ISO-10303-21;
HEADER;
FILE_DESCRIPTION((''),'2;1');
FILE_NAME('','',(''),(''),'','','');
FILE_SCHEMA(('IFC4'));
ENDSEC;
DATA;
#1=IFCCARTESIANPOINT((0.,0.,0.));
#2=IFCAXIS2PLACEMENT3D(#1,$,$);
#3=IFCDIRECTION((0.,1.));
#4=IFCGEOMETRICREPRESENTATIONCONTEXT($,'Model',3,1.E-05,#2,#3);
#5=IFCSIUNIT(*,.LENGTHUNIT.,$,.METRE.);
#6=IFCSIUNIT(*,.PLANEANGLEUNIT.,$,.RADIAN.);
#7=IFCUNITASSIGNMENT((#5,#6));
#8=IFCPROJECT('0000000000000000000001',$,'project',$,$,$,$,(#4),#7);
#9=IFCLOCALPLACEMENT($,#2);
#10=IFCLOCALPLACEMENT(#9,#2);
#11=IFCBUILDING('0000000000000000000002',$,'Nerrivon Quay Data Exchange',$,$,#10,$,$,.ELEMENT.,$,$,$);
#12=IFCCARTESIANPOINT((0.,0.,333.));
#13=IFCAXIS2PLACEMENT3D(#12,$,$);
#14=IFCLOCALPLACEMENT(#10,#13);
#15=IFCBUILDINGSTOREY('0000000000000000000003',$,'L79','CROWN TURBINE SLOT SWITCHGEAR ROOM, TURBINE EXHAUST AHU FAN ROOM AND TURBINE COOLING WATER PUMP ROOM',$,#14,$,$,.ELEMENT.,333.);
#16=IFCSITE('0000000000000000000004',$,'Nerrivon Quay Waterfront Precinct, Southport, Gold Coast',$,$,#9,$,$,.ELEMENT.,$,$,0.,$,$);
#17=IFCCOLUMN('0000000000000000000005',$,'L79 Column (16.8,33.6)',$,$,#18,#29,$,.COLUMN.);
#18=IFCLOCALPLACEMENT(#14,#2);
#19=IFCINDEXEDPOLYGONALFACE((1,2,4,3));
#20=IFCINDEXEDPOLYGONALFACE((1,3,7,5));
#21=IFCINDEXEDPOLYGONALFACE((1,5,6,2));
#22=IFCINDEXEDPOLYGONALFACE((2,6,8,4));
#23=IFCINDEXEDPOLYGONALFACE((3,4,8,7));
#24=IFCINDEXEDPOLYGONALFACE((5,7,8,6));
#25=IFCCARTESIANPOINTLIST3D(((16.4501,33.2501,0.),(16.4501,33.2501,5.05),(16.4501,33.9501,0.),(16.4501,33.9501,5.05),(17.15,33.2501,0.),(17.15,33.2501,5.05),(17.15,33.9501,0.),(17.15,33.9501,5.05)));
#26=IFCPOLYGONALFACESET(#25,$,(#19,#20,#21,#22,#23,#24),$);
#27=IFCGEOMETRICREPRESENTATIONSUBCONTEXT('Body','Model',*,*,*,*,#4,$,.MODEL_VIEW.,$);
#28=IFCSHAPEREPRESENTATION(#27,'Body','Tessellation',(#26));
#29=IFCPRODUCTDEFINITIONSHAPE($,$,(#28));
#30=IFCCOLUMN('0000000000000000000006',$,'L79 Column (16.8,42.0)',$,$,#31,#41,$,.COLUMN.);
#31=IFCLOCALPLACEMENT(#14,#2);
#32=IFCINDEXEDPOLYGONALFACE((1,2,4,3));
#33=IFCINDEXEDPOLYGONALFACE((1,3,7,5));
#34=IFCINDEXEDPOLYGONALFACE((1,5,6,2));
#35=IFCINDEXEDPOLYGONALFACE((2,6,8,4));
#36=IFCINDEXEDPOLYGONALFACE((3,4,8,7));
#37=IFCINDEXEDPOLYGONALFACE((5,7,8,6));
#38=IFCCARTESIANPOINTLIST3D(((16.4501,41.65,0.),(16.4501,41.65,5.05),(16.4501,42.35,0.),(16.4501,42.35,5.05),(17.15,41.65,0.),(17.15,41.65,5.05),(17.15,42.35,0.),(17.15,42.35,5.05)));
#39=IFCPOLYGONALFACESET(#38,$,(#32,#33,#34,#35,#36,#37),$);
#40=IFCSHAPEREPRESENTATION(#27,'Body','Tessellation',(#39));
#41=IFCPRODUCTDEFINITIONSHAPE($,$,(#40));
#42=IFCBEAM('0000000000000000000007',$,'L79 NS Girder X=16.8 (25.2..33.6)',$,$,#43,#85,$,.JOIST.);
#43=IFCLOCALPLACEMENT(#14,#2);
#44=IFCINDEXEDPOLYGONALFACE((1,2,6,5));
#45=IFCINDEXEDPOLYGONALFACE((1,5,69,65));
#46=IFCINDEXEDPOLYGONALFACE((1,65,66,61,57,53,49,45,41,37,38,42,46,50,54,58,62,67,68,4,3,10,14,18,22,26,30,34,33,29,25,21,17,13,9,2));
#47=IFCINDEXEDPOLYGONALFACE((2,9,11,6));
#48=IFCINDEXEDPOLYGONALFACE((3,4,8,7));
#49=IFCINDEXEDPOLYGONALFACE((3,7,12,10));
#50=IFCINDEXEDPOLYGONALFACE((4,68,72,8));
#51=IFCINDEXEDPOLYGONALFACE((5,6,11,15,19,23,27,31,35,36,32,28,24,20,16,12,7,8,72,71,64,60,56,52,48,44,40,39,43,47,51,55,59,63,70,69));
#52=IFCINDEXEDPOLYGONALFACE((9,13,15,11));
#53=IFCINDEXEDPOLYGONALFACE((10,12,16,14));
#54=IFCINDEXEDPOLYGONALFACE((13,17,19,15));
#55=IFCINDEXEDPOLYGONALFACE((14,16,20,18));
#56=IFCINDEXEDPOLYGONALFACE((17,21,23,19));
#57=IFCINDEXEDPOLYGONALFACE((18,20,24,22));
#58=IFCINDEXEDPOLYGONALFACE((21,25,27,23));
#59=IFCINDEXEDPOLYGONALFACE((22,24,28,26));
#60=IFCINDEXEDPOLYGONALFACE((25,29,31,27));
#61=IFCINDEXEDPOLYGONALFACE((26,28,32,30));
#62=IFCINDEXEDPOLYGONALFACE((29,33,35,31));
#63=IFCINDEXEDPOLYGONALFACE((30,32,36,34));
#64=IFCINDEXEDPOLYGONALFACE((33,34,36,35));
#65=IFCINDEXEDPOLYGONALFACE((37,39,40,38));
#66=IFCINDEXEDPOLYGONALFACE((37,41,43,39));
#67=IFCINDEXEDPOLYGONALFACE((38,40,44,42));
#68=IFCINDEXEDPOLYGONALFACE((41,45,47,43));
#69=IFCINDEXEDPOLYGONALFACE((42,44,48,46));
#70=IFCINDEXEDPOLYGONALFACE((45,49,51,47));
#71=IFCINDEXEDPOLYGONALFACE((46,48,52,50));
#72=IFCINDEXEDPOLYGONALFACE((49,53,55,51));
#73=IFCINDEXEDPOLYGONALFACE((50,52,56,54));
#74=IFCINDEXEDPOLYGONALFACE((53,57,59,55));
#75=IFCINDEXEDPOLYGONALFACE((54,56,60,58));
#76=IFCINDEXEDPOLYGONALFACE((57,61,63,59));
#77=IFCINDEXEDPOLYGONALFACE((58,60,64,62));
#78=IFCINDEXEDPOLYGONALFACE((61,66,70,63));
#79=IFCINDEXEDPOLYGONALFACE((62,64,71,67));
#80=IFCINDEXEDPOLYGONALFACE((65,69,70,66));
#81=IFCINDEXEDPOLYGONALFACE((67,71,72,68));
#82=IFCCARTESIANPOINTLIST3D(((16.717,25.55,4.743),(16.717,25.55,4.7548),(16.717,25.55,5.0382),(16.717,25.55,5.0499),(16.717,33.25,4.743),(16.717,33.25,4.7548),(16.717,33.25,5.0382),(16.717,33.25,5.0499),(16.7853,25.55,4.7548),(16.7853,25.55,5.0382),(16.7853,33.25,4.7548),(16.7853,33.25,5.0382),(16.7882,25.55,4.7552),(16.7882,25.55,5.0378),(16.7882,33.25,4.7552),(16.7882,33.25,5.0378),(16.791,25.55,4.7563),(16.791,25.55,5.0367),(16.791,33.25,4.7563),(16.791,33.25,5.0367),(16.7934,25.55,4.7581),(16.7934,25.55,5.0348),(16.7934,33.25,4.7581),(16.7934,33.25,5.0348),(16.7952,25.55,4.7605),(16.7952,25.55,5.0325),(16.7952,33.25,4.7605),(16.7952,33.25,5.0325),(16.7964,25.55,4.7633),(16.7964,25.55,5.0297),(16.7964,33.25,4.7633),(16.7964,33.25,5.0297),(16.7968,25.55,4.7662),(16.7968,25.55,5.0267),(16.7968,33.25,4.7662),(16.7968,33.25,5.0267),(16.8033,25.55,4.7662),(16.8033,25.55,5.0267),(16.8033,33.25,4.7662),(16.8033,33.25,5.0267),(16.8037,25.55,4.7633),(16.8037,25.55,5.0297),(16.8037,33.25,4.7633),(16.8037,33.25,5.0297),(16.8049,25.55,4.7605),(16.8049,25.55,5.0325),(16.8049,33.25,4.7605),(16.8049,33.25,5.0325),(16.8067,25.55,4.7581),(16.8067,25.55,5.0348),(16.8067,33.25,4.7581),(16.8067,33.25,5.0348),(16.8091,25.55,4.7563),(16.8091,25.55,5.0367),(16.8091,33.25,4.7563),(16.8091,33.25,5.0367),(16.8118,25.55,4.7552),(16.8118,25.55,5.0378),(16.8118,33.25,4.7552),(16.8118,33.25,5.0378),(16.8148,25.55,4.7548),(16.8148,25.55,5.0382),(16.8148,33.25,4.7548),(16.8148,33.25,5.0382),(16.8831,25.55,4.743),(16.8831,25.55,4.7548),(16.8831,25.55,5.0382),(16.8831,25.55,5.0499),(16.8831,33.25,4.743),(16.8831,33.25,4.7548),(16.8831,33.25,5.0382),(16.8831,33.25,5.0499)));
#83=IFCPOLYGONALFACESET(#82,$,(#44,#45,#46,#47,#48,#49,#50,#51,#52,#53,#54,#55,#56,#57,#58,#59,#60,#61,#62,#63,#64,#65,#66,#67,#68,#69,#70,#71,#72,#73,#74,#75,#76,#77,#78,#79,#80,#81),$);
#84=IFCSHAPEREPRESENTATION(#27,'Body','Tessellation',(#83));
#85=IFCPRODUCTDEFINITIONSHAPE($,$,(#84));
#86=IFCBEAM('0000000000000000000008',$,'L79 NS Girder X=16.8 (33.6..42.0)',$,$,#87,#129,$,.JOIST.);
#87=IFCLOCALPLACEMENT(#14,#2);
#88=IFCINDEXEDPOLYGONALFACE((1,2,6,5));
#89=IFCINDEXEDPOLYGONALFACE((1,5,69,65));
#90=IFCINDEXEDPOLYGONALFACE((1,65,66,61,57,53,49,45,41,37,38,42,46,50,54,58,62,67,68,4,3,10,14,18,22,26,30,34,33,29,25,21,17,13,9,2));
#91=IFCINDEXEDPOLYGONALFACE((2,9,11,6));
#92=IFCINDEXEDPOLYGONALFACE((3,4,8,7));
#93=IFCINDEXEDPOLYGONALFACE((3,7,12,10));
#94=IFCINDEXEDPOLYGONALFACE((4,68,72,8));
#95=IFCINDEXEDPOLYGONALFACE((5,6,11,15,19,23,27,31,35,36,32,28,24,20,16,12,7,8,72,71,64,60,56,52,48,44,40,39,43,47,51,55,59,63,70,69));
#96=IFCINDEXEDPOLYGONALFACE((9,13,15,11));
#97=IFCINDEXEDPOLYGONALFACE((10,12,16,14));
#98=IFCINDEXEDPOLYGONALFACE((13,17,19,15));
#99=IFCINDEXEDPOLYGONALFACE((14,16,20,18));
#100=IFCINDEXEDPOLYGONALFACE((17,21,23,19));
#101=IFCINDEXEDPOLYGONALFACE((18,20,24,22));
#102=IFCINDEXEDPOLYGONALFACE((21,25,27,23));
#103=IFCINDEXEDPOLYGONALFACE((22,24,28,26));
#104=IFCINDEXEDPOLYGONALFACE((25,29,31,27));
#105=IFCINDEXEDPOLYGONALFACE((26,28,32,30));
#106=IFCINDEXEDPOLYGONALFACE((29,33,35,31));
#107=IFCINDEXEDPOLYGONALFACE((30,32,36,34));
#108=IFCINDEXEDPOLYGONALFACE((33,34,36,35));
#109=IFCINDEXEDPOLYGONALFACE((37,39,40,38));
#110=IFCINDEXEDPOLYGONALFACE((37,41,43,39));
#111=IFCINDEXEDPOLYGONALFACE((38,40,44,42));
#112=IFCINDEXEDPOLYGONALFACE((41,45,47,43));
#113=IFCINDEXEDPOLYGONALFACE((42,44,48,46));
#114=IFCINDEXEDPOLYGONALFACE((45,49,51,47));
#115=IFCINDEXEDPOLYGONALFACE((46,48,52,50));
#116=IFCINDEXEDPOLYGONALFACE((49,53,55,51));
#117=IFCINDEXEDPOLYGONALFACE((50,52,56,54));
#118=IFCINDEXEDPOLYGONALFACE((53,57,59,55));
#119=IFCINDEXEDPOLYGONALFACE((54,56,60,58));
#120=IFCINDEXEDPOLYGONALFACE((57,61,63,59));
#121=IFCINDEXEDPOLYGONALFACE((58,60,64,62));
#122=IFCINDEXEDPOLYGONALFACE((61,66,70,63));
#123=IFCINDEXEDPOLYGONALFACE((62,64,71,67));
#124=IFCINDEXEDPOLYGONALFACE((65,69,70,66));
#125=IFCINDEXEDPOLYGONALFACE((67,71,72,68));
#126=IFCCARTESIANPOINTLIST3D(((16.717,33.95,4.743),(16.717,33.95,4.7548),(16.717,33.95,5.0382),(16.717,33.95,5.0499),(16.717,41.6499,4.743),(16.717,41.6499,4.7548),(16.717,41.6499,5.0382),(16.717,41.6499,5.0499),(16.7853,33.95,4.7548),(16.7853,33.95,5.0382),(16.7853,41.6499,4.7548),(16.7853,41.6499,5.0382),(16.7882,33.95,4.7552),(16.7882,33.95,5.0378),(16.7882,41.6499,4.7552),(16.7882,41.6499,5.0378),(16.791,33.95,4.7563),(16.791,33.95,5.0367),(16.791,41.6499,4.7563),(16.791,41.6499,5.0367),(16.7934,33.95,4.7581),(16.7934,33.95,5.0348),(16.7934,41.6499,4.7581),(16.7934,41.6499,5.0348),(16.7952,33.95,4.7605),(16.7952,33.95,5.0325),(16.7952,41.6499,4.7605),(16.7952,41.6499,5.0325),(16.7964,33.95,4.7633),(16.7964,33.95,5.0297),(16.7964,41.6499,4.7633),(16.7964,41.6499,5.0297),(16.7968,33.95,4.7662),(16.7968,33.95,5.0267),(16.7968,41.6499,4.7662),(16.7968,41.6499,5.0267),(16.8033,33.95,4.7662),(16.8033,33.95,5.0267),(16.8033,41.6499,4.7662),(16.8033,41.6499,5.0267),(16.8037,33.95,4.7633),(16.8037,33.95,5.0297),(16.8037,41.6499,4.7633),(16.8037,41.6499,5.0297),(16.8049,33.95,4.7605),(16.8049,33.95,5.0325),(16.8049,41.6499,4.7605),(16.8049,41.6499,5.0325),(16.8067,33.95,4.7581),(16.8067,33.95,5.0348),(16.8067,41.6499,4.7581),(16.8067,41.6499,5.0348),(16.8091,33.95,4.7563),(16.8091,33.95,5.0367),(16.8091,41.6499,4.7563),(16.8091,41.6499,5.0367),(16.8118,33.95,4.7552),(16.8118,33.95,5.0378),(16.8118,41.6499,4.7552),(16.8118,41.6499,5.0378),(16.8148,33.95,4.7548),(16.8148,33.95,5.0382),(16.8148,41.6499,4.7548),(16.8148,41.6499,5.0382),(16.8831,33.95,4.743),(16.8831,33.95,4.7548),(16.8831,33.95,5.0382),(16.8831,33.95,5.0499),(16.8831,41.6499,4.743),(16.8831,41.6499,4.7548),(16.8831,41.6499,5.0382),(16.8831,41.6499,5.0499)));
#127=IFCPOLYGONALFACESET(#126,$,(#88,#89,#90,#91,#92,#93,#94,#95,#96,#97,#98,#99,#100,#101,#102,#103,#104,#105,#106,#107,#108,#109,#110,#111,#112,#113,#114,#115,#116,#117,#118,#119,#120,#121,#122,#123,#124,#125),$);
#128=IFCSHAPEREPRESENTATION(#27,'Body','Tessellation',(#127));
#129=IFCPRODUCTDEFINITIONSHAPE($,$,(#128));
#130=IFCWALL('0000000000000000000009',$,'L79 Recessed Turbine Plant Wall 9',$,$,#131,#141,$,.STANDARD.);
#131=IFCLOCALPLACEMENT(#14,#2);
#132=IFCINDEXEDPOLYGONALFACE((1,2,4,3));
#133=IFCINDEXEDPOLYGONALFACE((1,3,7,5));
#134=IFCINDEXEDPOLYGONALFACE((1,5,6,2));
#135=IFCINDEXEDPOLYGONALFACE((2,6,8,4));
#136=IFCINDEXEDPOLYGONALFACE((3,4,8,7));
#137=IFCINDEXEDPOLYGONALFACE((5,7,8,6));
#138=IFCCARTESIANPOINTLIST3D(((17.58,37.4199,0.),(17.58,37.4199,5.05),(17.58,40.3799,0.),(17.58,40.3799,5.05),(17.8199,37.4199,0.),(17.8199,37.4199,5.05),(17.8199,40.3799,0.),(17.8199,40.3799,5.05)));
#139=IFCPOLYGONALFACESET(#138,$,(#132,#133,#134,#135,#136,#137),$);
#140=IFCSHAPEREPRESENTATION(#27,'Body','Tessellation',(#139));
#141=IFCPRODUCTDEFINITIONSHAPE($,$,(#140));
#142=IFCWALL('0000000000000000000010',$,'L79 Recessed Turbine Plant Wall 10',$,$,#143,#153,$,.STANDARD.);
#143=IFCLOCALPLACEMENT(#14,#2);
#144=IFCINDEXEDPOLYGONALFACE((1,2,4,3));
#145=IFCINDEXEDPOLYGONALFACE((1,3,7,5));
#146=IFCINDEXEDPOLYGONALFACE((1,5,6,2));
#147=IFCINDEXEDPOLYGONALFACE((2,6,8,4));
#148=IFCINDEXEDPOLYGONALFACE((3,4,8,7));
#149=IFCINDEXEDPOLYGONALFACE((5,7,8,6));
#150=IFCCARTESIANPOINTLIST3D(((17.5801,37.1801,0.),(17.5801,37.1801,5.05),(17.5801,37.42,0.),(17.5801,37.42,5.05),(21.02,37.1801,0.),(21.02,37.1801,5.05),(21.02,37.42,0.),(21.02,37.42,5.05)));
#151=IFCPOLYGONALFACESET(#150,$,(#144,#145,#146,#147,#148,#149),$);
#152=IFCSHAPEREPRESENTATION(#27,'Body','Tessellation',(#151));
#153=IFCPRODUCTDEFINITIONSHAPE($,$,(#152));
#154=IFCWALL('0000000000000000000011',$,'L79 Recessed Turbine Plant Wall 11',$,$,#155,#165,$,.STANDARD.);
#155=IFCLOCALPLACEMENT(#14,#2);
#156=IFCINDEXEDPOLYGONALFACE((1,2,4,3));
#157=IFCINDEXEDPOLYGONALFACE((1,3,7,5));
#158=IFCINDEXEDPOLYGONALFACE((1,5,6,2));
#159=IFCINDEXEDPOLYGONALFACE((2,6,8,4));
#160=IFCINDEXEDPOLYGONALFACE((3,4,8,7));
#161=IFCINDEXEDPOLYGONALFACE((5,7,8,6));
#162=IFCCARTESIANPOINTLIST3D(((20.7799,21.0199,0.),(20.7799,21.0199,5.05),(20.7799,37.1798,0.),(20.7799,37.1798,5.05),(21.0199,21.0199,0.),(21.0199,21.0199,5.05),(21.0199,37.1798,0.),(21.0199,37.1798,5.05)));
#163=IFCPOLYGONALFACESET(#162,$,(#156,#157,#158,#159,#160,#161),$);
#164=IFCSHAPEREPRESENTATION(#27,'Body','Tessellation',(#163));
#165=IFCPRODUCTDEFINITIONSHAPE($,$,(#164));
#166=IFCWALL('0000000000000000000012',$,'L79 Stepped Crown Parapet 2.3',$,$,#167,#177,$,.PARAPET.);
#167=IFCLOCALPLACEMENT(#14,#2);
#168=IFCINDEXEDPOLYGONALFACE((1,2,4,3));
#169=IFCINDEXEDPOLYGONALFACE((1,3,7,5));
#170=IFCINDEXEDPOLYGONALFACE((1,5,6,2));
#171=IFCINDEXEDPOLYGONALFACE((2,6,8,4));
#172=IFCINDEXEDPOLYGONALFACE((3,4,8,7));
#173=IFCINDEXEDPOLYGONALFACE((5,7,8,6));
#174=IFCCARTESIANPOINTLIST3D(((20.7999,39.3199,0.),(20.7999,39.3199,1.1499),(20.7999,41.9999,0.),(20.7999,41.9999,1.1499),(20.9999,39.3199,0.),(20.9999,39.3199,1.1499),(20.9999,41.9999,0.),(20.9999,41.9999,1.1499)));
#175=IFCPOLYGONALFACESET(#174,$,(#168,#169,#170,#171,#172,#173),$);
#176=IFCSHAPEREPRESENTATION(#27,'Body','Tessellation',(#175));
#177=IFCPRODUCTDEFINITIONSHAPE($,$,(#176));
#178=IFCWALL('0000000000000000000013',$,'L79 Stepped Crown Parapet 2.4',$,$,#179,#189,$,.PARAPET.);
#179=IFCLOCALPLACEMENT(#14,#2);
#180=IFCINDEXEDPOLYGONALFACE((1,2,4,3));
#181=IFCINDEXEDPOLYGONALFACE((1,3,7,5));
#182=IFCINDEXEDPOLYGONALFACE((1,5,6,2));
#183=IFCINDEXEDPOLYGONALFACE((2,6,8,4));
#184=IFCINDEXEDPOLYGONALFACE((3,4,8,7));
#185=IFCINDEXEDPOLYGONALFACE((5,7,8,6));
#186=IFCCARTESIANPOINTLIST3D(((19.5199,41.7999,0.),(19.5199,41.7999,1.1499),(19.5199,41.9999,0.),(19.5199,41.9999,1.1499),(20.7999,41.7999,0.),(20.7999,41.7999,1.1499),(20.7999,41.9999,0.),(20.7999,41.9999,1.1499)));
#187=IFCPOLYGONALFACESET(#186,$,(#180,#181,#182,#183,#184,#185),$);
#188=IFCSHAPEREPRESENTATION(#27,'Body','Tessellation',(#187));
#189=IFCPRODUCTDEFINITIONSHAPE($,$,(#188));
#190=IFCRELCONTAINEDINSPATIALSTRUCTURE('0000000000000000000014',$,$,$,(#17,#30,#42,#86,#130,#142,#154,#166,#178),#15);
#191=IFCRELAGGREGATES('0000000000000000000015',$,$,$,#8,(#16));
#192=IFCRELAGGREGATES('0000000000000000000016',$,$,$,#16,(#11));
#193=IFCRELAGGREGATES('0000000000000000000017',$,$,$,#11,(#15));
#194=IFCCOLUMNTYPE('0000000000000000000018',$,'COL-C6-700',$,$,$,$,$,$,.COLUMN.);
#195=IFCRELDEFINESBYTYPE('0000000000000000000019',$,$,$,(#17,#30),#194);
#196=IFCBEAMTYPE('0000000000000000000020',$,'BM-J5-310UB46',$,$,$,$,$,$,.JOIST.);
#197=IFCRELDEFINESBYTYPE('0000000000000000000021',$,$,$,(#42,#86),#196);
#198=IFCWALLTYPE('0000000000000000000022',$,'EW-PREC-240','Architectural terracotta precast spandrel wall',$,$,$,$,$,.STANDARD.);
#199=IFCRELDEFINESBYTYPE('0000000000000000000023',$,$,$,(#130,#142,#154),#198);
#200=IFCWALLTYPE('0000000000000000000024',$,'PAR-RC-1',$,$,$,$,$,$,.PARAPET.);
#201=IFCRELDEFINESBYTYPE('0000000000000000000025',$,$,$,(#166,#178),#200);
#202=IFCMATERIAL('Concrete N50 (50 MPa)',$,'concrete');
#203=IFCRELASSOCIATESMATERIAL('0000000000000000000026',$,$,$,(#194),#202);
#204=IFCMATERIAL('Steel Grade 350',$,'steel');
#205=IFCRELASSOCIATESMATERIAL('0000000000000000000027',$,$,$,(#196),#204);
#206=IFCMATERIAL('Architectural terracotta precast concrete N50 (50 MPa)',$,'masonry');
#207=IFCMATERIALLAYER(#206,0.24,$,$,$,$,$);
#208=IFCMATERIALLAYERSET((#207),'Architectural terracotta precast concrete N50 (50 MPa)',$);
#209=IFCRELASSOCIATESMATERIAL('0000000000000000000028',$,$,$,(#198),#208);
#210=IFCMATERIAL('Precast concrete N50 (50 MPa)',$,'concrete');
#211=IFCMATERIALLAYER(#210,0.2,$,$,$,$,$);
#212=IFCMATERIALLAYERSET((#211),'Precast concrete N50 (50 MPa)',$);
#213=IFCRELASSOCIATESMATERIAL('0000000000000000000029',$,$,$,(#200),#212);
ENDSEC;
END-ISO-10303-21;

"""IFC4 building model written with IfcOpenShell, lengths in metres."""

from ifc_helpers import new_model, si_unit, direction, frame, frame_2d, origin, origin_2d, place, context, subcontext, project, spatial, rectangle, i_section, extrude, material, layer, layer_set, material_profile, profile_set, type_object, element, save


model = new_model("IFC4")

# Units and contexts
model_context = context("Model", 3, precision=1e-05, world=origin(), true_north=direction((0.0, 1.0)))
body_context = subcontext(model_context, "Body", "Model", "MODEL_VIEW")
ifc_project = project(units=[si_unit("LENGTHUNIT", "METRE"), si_unit("PLANEANGLEUNIT", "RADIAN")], contexts=[model_context])

# Site, building, storey
site_placement = place(None, origin())
site = spatial("IfcSite", under=ifc_project, at=site_placement, Name="Nerrivon Quay Waterfront Precinct, Southport, Gold Coast", CompositionType="ELEMENT", RefElevation=0.0)
building_placement = place(site_placement, origin())
building = spatial("IfcBuilding", under=site, at=building_placement, Name="Nerrivon Quay Data Exchange", CompositionType="ELEMENT")
storey_placement = place(building_placement, frame((0.0, 0.0, 333.0)))
storey = spatial("IfcBuildingStorey", under=building, at=storey_placement, Name="L79", Description="CROWN TURBINE SLOT SWITCHGEAR ROOM, TURBINE EXHAUST AHU FAN ROOM AND TURBINE COOLING WATER PUMP ROOM", CompositionType="ELEMENT", Elevation=333.0)

# Columns
ifc_material_1 = material(Name="Concrete N50 (50 MPa)", Category="concrete")
ifc_material_profile_1 = material_profile(ifc_material_1, rectangle(XDim=0.7, YDim=0.7, at=origin_2d()), Name="RC-COL-700x700")
ifc_profile_set_1 = profile_set([ifc_material_profile_1], Name="Concrete N50 (50 MPa)")
column_type = type_object("IfcColumnType", Name="COL-C6-700", PredefinedType="COLUMN", material=ifc_profile_set_1)
for number, where, z_axis, x_axis, name in (
    (1, (16.8, 33.6001, 0.0), (0.0, 0.0, 1.0), (1.0, 0.0, 0.0), "L79 Column (16.8,33.6)"),
    (2, (16.8, 42.0, 0.0), (0.0, 0.0, 1.0), (1.0, 0.0, 0.0), "L79 Column (16.8,42.0)"),
):
    element("IfcColumn", number, at=place(storey_placement, frame(where, z_axis=z_axis, x_axis=x_axis)), inside=storey, type_object=column_type, Name=name, PredefinedType="COLUMN", context=body_context, shape_type="SweptSolid", body=[
        extrude(rectangle(XDim=0.7, YDim=0.7, at=origin_2d()), origin(), (0.0, 0.0, 1.0), 5.05),
    ])

# Beams
ifc_material_2 = material(Name="Steel Grade 350", Category="steel")
ifc_material_profile_2 = material_profile(ifc_material_2, i_section(OverallWidth=0.166, OverallDepth=0.3069, WebThickness=0.0066, FlangeThickness=0.0117, FilletRadius=0.0115, at=origin_2d()), Name="310UB46.2")
ifc_profile_set_2 = profile_set([ifc_material_profile_2], Name="Steel Grade 350")
beam_type = type_object("IfcBeamType", Name="BM-J5-310UB46", PredefinedType="JOIST", material=ifc_profile_set_2)
for number, where, z_axis, x_axis, name in (
    (3, (16.8, 25.55, 4.8965), (0.0, 1.0, 0.0), (-1.0, 0.0, 0.0), "L79 NS Girder X=16.8 (25.2..33.6)"),
    (4, (16.8, 33.95, 4.8965), (0.0, 1.0, 0.0), (-1.0, 0.0, 0.0), "L79 NS Girder X=16.8 (33.6..42.0)"),
):
    element("IfcBeam", number, at=place(storey_placement, frame(where, z_axis=z_axis, x_axis=x_axis)), inside=storey, type_object=beam_type, Name=name, PredefinedType="JOIST", context=body_context, shape_type="SweptSolid", body=[
        extrude(i_section(OverallWidth=0.166, OverallDepth=0.3069, WebThickness=0.0066, FlangeThickness=0.0117, FilletRadius=0.0115, at=origin_2d()), origin(), (0.0, 0.0, 1.0), 7.7),
    ])

# Walls
ifc_material_3 = material(Name="Architectural terracotta precast concrete N50 (50 MPa)", Category="masonry")
ifc_layer_1 = layer(ifc_material_3, 0.24)
ifc_layer_set_1 = layer_set([ifc_layer_1], Name="Architectural terracotta precast concrete N50 (50 MPa)")
wall_type_1 = type_object("IfcWallType", Name="EW-PREC-240", Description="Architectural terracotta precast spandrel wall", PredefinedType="STANDARD", material=ifc_layer_set_1)
wall_1_placement = place(storey_placement, frame((17.7, 40.3799, 0.0), z_axis=(0.0, 0.0, 1.0), x_axis=(0.0, -1.0, 0.0)))
element("IfcWall", 5, at=wall_1_placement, inside=storey, type_object=wall_type_1, Name="L79 Recessed Turbine Plant Wall 9", PredefinedType="STANDARD", context=body_context, shape_type="SweptSolid", body=[
    extrude(rectangle(XDim=2.96, YDim=0.24, at=frame_2d((1.48, 0.0))), origin(), (0.0, 0.0, 1.0), 5.05),
])
wall_2_placement = place(storey_placement, frame((17.5801, 37.3, 0.0), z_axis=(0.0, 0.0, 1.0), x_axis=(1.0, 0.0, 0.0)))
element("IfcWall", 6, at=wall_2_placement, inside=storey, type_object=wall_type_1, Name="L79 Recessed Turbine Plant Wall 10", PredefinedType="STANDARD", context=body_context, shape_type="SweptSolid", body=[
    extrude(rectangle(XDim=3.4399, YDim=0.24, at=frame_2d((1.72, 0.0))), origin(), (0.0, 0.0, 1.0), 5.05),
])
wall_3_placement = place(storey_placement, frame((20.8999, 37.1799, 0.0), z_axis=(0.0, 0.0, 1.0), x_axis=(0.0, -1.0, 0.0)))
element("IfcWall", 7, at=wall_3_placement, inside=storey, type_object=wall_type_1, Name="L79 Recessed Turbine Plant Wall 11", PredefinedType="STANDARD", context=body_context, shape_type="SweptSolid", body=[
    extrude(rectangle(XDim=16.1599, YDim=0.24, at=frame_2d((8.0801, 0.0))), origin(), (0.0, 0.0, 1.0), 5.05),
])
ifc_material_4 = material(Name="Precast concrete N50 (50 MPa)", Category="concrete")
ifc_layer_2 = layer(ifc_material_4, 0.2)
ifc_layer_set_2 = layer_set([ifc_layer_2], Name="Precast concrete N50 (50 MPa)")
wall_type_2 = type_object("IfcWallType", Name="PAR-RC-1", PredefinedType="PARAPET", material=ifc_layer_set_2)
wall_4_placement = place(storey_placement, frame((20.8999, 39.3201, 0.0), z_axis=(0.0, 0.0, 1.0), x_axis=(0.0, 1.0, 0.0)))
element("IfcWall", 8, at=wall_4_placement, inside=storey, type_object=wall_type_2, Name="L79 Stepped Crown Parapet 2.3", PredefinedType="PARAPET", context=body_context, shape_type="SweptSolid", body=[
    extrude(rectangle(XDim=2.6799, YDim=0.2, at=frame_2d((1.3398, 0.0))), origin(), (0.0, 0.0, 1.0), 1.1499),
])
wall_5_placement = place(storey_placement, frame((20.8, 41.8999, 0.0), z_axis=(0.0, 0.0, 1.0), x_axis=(-1.0, 0.0, 0.0)))
element("IfcWall", 9, at=wall_5_placement, inside=storey, type_object=wall_type_2, Name="L79 Stepped Crown Parapet 2.4", PredefinedType="PARAPET", context=body_context, shape_type="SweptSolid", body=[
    extrude(rectangle(XDim=1.28, YDim=0.2, at=frame_2d((0.6401, 0.0))), origin(), (0.0, 0.0, 1.0), 1.1499),
])

save(model, "model.ifc")
